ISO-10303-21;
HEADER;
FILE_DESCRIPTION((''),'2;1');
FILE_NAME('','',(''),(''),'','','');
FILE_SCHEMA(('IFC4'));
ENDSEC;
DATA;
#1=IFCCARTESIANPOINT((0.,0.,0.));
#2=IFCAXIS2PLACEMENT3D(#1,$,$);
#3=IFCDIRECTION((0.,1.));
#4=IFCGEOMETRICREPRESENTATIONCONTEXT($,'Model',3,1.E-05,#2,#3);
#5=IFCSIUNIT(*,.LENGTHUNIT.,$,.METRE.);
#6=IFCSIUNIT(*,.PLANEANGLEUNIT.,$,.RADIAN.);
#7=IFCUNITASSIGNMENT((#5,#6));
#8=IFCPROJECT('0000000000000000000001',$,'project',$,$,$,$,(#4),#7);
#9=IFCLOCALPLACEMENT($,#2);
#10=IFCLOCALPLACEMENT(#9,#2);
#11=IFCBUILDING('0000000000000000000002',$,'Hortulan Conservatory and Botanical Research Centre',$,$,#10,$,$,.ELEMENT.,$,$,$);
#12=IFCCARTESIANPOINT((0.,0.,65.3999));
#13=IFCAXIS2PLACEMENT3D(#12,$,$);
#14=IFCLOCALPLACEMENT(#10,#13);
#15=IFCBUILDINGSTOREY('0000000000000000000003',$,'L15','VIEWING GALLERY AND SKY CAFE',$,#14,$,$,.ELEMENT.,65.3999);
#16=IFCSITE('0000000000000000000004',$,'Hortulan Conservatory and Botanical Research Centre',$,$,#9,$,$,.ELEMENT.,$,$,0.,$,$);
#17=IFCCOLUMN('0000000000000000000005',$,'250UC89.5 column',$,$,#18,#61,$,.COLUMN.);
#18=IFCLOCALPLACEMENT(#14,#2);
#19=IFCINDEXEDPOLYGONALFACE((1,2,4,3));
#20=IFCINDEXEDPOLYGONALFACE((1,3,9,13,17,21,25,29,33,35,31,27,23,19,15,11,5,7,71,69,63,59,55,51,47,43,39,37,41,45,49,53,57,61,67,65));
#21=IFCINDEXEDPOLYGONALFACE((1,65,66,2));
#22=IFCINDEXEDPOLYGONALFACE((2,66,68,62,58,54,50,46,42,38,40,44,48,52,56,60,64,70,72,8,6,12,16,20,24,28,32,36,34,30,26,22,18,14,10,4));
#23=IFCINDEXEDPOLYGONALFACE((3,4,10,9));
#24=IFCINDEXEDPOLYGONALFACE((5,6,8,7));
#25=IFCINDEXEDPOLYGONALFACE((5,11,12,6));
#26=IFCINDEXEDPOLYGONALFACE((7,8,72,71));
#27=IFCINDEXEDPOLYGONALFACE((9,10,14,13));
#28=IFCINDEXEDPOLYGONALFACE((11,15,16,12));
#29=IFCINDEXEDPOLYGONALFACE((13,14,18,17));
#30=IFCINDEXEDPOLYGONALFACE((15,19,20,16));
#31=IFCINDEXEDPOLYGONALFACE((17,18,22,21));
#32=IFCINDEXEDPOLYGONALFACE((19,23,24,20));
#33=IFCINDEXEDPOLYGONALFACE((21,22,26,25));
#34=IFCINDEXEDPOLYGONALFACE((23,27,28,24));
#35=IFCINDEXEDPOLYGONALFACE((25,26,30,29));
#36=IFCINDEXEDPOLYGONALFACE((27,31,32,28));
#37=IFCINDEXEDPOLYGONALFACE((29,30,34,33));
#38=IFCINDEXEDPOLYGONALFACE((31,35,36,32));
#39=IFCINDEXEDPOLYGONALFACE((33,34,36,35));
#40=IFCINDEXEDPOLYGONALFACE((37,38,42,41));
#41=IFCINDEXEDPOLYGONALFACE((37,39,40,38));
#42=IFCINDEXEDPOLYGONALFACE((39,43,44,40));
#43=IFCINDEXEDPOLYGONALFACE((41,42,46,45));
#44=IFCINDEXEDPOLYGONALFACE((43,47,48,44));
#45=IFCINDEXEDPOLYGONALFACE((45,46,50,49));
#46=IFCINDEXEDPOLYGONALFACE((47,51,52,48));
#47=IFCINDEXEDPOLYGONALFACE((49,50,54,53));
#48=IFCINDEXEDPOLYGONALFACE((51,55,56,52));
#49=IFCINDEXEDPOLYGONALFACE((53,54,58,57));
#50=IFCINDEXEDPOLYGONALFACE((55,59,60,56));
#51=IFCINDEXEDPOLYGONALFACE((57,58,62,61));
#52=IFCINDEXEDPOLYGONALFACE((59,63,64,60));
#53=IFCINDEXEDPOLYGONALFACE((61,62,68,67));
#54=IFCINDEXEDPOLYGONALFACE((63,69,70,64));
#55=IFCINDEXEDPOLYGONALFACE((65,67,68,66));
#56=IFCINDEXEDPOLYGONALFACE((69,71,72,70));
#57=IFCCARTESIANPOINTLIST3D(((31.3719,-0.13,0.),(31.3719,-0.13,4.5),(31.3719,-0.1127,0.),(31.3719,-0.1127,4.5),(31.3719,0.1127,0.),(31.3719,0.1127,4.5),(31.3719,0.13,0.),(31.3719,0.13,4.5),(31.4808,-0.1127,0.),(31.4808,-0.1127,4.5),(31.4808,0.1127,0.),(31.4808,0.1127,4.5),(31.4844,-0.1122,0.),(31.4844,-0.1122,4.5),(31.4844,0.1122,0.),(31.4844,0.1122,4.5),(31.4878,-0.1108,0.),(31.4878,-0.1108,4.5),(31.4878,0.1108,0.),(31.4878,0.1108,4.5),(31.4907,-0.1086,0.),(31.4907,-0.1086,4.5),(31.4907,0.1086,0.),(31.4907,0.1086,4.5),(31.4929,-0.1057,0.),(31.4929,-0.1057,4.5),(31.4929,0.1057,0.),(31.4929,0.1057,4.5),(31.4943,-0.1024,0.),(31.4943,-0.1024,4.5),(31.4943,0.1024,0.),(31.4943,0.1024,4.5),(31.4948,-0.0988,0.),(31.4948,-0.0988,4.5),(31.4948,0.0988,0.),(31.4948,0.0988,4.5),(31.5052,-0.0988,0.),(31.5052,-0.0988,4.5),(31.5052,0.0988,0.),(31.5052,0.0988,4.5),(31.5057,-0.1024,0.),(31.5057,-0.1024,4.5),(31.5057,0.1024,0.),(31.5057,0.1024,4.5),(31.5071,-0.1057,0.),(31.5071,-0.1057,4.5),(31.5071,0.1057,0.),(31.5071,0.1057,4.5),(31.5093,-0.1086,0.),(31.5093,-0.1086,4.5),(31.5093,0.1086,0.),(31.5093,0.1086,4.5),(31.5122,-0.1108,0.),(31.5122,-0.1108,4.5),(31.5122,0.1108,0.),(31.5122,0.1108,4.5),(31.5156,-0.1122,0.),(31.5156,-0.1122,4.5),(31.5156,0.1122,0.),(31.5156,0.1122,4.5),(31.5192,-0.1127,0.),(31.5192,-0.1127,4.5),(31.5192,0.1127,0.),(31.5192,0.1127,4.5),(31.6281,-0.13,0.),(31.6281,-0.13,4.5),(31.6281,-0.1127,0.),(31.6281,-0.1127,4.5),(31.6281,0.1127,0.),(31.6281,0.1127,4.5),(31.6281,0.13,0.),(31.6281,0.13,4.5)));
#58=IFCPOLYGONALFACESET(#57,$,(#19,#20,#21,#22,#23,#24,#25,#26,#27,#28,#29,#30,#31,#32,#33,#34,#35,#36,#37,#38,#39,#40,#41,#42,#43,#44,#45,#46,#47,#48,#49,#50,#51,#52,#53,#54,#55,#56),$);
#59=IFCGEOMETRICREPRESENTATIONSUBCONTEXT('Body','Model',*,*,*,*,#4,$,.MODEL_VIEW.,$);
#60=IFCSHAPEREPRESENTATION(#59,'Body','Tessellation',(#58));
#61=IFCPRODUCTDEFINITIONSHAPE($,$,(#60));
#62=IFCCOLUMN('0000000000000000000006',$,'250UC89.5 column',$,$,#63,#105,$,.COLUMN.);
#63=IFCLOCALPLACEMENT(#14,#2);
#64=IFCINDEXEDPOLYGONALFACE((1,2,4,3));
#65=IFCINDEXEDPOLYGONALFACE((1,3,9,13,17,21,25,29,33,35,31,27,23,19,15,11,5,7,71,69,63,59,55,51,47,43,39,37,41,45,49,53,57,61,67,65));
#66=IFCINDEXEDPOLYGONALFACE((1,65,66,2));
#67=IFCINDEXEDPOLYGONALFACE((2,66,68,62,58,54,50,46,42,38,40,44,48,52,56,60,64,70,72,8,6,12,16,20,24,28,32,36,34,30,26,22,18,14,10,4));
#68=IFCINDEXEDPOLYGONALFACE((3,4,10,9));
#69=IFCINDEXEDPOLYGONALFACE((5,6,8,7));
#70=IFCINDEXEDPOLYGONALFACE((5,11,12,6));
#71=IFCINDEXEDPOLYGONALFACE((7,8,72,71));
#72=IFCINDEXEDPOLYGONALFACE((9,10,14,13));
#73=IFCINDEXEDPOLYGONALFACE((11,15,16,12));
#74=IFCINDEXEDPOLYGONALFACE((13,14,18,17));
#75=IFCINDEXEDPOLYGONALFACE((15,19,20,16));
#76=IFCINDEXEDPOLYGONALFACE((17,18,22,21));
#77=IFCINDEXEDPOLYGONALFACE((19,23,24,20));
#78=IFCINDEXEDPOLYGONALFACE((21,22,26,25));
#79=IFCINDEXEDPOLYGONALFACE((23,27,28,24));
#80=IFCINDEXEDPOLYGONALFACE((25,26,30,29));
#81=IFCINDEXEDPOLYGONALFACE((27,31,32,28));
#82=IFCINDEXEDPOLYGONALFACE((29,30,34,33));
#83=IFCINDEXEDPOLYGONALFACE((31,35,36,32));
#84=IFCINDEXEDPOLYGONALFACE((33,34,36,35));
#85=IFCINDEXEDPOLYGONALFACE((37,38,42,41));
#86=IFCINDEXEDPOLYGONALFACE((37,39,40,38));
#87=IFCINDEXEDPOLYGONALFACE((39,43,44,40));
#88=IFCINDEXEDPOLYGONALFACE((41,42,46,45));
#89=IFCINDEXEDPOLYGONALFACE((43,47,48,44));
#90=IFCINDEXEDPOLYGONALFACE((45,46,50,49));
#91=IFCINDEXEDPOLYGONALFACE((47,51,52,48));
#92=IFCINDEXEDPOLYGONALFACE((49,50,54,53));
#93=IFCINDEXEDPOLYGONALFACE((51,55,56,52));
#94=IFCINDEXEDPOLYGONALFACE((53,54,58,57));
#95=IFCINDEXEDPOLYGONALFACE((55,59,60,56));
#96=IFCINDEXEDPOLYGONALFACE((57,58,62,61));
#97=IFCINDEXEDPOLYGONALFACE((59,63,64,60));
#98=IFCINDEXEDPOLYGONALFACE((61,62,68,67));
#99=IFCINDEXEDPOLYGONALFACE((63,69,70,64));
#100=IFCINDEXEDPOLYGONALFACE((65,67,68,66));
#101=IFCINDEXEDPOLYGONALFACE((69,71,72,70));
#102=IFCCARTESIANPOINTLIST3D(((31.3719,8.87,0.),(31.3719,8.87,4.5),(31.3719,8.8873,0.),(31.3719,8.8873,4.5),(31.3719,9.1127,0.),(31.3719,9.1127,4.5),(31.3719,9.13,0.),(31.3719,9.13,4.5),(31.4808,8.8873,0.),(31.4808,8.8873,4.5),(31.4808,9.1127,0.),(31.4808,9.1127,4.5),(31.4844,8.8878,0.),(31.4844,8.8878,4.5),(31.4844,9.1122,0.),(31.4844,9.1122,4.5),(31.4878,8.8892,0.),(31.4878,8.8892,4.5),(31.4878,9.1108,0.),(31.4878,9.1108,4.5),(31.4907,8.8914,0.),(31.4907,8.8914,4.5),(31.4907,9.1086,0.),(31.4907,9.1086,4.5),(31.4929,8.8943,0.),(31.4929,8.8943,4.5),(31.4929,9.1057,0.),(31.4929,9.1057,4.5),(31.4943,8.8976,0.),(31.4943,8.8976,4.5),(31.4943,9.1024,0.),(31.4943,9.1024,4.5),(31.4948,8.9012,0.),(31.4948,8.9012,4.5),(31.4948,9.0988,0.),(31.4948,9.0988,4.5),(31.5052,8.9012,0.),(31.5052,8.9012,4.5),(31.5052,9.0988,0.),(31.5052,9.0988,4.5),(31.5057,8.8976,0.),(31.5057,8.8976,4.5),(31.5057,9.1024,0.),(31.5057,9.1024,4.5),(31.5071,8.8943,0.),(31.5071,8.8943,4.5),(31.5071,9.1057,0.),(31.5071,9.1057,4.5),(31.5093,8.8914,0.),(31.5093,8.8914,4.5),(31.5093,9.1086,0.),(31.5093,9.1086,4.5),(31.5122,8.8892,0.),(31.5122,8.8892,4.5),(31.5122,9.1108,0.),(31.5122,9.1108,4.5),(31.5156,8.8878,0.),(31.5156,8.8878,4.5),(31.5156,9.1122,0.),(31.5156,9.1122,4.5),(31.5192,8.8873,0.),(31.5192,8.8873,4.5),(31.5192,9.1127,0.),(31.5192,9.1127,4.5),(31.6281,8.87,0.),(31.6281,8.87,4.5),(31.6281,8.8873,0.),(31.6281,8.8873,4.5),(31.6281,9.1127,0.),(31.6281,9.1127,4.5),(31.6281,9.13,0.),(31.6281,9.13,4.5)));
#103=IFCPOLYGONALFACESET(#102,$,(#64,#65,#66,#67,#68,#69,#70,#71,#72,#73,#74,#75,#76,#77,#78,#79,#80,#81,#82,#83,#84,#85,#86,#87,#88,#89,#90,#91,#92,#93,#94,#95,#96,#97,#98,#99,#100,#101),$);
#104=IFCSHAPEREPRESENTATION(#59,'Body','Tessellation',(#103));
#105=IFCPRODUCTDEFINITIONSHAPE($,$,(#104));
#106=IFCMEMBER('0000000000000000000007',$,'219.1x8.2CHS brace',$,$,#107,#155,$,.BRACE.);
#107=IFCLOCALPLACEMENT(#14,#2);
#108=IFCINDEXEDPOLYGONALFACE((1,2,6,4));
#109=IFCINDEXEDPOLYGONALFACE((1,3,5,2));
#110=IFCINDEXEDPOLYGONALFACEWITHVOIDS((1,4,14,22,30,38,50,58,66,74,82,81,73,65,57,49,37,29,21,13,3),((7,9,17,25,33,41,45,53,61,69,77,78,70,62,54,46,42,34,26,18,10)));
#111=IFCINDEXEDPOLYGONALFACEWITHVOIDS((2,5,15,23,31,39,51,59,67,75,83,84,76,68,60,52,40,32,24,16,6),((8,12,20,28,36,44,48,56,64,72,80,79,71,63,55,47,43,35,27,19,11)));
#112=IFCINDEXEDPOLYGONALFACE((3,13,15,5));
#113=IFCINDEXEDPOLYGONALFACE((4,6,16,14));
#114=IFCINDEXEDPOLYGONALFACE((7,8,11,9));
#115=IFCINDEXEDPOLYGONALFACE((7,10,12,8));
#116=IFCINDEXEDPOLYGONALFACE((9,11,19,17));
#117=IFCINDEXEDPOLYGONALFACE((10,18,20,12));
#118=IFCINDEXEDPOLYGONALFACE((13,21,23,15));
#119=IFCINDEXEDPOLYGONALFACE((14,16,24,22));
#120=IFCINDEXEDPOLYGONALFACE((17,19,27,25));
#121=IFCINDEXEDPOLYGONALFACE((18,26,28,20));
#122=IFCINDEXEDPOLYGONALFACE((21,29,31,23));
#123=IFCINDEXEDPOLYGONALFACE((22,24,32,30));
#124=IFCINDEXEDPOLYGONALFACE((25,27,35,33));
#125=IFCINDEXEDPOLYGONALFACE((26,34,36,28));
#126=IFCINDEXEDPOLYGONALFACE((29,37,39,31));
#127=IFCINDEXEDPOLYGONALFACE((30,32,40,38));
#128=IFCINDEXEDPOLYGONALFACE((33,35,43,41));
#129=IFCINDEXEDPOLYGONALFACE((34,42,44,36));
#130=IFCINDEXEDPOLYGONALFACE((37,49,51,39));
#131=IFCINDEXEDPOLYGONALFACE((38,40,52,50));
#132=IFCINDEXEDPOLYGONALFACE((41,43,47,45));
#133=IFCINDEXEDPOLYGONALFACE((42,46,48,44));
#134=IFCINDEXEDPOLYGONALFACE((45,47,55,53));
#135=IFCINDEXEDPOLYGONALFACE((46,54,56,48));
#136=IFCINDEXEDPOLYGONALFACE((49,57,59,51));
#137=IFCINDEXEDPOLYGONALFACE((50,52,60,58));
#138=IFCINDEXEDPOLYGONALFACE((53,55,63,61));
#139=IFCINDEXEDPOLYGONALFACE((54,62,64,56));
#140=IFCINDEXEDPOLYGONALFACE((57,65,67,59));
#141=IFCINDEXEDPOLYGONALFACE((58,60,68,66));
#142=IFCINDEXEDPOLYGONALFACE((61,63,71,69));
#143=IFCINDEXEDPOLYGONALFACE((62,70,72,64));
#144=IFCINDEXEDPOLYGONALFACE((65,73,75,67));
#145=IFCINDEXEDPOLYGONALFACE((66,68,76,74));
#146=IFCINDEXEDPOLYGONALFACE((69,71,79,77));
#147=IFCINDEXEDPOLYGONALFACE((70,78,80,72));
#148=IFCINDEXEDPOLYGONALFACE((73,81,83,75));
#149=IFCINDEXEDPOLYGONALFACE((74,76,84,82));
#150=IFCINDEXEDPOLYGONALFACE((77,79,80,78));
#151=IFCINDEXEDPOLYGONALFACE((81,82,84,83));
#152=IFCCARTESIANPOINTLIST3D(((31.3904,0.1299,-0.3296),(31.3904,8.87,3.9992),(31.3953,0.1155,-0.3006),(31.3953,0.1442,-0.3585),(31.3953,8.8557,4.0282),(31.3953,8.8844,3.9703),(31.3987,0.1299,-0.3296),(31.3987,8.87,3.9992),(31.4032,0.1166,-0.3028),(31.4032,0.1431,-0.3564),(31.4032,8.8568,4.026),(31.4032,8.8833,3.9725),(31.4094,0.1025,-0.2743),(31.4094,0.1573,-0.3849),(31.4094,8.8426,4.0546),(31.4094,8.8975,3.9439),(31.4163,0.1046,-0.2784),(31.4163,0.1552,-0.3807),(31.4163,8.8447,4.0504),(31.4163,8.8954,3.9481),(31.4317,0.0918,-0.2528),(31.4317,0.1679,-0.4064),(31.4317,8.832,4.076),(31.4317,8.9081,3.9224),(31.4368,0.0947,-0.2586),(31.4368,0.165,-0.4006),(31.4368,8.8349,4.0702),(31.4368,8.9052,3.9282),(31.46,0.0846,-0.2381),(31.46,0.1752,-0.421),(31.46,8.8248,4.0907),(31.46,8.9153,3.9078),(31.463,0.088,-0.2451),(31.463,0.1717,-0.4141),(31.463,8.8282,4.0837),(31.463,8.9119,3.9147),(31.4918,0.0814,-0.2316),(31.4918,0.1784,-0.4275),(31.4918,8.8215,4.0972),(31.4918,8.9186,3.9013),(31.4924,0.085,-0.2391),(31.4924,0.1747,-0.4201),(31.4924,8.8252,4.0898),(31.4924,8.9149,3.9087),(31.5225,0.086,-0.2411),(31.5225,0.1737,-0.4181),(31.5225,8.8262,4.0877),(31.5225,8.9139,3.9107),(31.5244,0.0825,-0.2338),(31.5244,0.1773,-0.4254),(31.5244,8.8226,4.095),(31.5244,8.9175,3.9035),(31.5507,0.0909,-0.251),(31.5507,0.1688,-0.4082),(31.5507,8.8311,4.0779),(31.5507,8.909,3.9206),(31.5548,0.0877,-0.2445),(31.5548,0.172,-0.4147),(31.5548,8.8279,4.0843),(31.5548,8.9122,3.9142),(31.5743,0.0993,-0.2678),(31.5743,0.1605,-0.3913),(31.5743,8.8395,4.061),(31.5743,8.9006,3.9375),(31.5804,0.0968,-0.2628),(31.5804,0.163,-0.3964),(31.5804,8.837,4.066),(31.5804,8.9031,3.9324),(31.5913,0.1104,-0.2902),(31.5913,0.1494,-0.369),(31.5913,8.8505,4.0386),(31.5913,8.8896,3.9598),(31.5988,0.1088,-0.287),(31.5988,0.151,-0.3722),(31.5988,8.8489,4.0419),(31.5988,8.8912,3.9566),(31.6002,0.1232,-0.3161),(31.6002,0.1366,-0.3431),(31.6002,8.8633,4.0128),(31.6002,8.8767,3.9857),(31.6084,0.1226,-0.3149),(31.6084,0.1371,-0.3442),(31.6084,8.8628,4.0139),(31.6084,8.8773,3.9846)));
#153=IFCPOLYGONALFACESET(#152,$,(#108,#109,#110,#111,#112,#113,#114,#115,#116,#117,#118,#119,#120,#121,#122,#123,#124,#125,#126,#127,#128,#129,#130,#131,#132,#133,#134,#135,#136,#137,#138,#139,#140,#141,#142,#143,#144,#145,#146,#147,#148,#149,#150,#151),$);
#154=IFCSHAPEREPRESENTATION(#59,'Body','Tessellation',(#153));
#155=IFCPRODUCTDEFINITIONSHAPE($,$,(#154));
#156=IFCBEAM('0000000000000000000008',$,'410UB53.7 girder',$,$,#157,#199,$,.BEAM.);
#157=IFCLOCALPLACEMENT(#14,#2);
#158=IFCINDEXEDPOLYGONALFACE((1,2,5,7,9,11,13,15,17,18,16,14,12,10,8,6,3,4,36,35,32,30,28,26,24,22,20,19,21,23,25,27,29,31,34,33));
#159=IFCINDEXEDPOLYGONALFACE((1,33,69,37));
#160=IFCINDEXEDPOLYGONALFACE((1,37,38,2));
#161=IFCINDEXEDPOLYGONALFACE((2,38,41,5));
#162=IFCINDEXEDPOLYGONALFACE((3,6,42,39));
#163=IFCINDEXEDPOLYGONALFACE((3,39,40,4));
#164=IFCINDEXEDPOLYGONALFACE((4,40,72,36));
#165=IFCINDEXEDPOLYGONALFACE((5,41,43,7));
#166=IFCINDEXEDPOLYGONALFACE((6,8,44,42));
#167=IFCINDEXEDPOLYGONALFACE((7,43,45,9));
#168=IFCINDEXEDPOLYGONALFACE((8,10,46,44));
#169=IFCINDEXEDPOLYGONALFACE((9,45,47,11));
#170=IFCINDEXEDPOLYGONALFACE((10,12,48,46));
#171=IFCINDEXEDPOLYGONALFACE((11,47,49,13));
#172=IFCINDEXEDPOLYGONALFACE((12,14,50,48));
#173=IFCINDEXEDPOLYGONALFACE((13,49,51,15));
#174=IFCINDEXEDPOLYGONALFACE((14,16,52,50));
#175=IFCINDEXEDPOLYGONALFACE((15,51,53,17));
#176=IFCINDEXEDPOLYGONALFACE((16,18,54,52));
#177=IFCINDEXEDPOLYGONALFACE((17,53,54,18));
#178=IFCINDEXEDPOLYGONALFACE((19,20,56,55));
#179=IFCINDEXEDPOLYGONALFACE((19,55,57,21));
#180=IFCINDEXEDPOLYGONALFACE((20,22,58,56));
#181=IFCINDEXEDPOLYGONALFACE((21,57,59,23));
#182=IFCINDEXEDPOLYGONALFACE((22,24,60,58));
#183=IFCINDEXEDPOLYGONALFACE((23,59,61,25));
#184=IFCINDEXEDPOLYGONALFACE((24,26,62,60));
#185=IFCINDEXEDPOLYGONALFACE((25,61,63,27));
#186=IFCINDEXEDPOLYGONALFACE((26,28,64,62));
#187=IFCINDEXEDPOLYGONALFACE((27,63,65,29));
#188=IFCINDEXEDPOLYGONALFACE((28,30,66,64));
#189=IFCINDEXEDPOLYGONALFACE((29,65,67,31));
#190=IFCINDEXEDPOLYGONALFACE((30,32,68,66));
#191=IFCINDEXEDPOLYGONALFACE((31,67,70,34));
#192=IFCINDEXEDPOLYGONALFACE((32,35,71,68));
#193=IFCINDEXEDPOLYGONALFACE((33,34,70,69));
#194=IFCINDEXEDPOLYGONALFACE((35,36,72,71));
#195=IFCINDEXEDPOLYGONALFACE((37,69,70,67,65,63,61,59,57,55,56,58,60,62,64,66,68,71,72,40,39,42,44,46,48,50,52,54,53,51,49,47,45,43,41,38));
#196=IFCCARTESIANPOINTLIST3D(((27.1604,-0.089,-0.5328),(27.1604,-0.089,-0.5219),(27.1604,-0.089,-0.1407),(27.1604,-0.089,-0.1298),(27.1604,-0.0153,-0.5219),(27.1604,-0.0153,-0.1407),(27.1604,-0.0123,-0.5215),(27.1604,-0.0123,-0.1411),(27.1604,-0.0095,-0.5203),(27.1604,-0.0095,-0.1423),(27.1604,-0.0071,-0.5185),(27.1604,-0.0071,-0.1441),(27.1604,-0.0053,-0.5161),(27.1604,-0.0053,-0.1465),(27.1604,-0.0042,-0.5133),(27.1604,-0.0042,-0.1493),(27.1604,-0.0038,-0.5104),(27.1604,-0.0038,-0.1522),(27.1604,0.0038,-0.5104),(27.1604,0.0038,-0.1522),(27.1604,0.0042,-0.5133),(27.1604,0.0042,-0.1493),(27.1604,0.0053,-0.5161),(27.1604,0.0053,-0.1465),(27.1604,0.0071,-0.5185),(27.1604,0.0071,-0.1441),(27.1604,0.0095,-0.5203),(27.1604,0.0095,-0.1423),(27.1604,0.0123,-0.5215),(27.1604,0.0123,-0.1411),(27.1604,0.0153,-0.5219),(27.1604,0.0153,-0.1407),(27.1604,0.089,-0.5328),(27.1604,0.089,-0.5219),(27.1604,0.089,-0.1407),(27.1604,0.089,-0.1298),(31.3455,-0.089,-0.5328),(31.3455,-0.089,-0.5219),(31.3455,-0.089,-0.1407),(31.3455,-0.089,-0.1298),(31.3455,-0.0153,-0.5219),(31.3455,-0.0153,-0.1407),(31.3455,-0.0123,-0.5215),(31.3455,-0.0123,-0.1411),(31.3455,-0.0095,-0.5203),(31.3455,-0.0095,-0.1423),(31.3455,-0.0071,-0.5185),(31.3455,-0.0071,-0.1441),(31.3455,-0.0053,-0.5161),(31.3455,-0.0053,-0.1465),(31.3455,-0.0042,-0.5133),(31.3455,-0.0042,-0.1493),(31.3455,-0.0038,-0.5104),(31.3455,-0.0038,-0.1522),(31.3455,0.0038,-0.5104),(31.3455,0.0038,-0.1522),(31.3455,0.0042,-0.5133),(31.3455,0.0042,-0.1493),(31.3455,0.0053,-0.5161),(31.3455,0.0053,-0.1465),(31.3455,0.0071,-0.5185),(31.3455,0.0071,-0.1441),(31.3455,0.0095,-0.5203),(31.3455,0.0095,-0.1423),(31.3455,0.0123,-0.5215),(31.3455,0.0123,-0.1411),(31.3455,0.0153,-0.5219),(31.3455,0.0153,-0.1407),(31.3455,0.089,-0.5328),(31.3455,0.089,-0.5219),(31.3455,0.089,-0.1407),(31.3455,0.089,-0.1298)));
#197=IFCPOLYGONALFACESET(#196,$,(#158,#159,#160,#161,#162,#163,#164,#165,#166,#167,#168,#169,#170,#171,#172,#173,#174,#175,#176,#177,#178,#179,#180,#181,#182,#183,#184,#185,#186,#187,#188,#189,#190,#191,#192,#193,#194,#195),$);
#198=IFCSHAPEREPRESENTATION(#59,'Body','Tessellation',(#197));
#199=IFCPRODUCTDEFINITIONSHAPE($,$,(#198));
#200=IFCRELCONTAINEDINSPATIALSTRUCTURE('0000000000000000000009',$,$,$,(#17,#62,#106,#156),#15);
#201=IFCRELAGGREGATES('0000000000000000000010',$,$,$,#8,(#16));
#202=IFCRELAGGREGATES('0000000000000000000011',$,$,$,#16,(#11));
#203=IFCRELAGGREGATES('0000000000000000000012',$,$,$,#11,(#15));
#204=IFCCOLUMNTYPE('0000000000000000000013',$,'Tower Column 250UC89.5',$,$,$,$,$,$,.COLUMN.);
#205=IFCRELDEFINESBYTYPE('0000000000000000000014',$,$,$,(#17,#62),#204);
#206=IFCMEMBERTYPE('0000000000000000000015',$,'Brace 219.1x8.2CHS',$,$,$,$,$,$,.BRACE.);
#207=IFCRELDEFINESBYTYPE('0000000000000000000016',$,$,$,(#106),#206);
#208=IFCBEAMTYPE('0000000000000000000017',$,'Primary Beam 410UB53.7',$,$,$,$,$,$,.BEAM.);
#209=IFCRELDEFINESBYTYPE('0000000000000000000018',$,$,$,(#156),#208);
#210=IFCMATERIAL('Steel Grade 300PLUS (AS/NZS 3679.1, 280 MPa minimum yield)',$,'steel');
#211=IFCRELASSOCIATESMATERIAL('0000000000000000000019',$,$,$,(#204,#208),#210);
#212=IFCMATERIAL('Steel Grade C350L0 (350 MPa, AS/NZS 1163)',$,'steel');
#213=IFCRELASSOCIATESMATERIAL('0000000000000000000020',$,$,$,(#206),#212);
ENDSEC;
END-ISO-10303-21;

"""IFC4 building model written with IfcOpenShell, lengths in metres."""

from ifc_helpers import new_model, si_unit, direction, frame, origin, origin_2d, place, context, subcontext, project, spatial, hollow_circle, i_section, extrude, material, material_profile, profile_set, type_object, element, save


model = new_model("IFC4")

# Units and contexts
model_context = context("Model", 3, precision=1e-05, world=origin(), true_north=direction((0.0, 1.0)))
body_context = subcontext(model_context, "Body", "Model", "MODEL_VIEW")
ifc_project = project(units=[si_unit("LENGTHUNIT", "METRE"), si_unit("PLANEANGLEUNIT", "RADIAN")], contexts=[model_context])

# Site, building, storey
site_placement = place(None, origin())
site = spatial("IfcSite", under=ifc_project, at=site_placement, Name="Hortulan Conservatory and Botanical Research Centre", CompositionType="ELEMENT", RefElevation=0.0)
building_placement = place(site_placement, origin())
building = spatial("IfcBuilding", under=site, at=building_placement, Name="Hortulan Conservatory and Botanical Research Centre", CompositionType="ELEMENT")
storey_placement = place(building_placement, frame((0.0, 0.0, 65.3999)))
storey = spatial("IfcBuildingStorey", under=building, at=storey_placement, Name="L15", Description="VIEWING GALLERY AND SKY CAFE", CompositionType="ELEMENT", Elevation=65.3999)

# Columns
ifc_material_1 = material(Name="Steel Grade 300PLUS (AS/NZS 3679.1, 280 MPa minimum yield)", Category="steel")
ifc_material_profile_1 = material_profile(ifc_material_1, i_section(OverallWidth=0.2561, OverallDepth=0.26, WebThickness=0.0105, FlangeThickness=0.0173, FilletRadius=0.0139, at=origin_2d()), Name="250UC89.5")
ifc_profile_set_1 = profile_set([ifc_material_profile_1], Name="Steel Grade 300PLUS (AS/NZS 3679.1, 280 MPa minimum yield)")
column_type = type_object("IfcColumnType", Name="Tower Column 250UC89.5", PredefinedType="COLUMN", material=ifc_profile_set_1)
for number, where, z_axis, x_axis, name in (
    (1, (31.5, 0.0, 0.0), (0.0, 0.0, 1.0), (1.0, 0.0, 0.0), "250UC89.5 column"),
    (2, (31.5, 9.0, 0.0), (0.0, 0.0, 1.0), (1.0, 0.0, 0.0), "250UC89.5 column"),
):
    element("IfcColumn", number, at=place(storey_placement, frame(where, z_axis=z_axis, x_axis=x_axis)), inside=storey, type_object=column_type, Name=name, PredefinedType="COLUMN", context=body_context, shape_type="SweptSolid", body=[
        extrude(i_section(OverallWidth=0.2561, OverallDepth=0.26, WebThickness=0.0105, FlangeThickness=0.0173, FilletRadius=0.0139, at=origin_2d()), origin(), (0.0, 0.0, 1.0), 4.5),
    ])

# Member
ifc_material_2 = material(Name="Steel Grade C350L0 (350 MPa, AS/NZS 1163)", Category="steel")
ifc_material_profile_2 = material_profile(ifc_material_2, hollow_circle(Radius=0.1096, WallThickness=0.0083, at=origin_2d()), Name="219.1x8.2CHS")
ifc_profile_set_2 = profile_set([ifc_material_profile_2], Name="Steel Grade C350L0 (350 MPa, AS/NZS 1163)")
member_type = type_object("IfcMemberType", Name="Brace 219.1x8.2CHS", PredefinedType="BRACE", material=ifc_profile_set_2)
member_placement = place(storey_placement, frame((31.5, 0.1299, -0.3296), z_axis=(0.0, 0.896113, 0.443826), x_axis=(-1.0, 0.0, 0.0)))
element("IfcMember", 3, at=member_placement, inside=storey, type_object=member_type, Name="219.1x8.2CHS brace", PredefinedType="BRACE", context=body_context, shape_type="SweptSolid", body=[
    extrude(hollow_circle(Radius=0.1096, WallThickness=0.0083, at=origin_2d()), origin(), (0.0, 0.0, 1.0), 9.7534),
])

# Beam
ifc_material_profile_3 = material_profile(ifc_material_1, i_section(OverallWidth=0.178, OverallDepth=0.4031, WebThickness=0.0076, FlangeThickness=0.011, FilletRadius=0.0115, at=origin_2d()), Name="410UB53.7")
ifc_profile_set_3 = profile_set([ifc_material_profile_3], Name="Steel Grade 300PLUS (AS/NZS 3679.1, 280 MPa minimum yield)")
beam_type_1 = type_object("IfcBeamType", Name="Primary Beam 410UB53.7", PredefinedType="BEAM", material=ifc_profile_set_3)
beam_1_placement = place(storey_placement, frame((27.1604, 0.0, -0.3313), z_axis=(1.0, 0.0, 0.0), x_axis=(0.0, 1.0, 0.0)))
element("IfcBeam", 4, at=beam_1_placement, inside=storey, type_object=beam_type_1, Name="410UB53.7 girder", PredefinedType="BEAM", context=body_context, shape_type="SweptSolid", body=[
    extrude(i_section(OverallWidth=0.178, OverallDepth=0.4031, WebThickness=0.0076, FlangeThickness=0.011, FilletRadius=0.0115, at=origin_2d()), origin(), (0.0, 0.0, 1.0), 4.1851),
])

save(model, "model.ifc")
